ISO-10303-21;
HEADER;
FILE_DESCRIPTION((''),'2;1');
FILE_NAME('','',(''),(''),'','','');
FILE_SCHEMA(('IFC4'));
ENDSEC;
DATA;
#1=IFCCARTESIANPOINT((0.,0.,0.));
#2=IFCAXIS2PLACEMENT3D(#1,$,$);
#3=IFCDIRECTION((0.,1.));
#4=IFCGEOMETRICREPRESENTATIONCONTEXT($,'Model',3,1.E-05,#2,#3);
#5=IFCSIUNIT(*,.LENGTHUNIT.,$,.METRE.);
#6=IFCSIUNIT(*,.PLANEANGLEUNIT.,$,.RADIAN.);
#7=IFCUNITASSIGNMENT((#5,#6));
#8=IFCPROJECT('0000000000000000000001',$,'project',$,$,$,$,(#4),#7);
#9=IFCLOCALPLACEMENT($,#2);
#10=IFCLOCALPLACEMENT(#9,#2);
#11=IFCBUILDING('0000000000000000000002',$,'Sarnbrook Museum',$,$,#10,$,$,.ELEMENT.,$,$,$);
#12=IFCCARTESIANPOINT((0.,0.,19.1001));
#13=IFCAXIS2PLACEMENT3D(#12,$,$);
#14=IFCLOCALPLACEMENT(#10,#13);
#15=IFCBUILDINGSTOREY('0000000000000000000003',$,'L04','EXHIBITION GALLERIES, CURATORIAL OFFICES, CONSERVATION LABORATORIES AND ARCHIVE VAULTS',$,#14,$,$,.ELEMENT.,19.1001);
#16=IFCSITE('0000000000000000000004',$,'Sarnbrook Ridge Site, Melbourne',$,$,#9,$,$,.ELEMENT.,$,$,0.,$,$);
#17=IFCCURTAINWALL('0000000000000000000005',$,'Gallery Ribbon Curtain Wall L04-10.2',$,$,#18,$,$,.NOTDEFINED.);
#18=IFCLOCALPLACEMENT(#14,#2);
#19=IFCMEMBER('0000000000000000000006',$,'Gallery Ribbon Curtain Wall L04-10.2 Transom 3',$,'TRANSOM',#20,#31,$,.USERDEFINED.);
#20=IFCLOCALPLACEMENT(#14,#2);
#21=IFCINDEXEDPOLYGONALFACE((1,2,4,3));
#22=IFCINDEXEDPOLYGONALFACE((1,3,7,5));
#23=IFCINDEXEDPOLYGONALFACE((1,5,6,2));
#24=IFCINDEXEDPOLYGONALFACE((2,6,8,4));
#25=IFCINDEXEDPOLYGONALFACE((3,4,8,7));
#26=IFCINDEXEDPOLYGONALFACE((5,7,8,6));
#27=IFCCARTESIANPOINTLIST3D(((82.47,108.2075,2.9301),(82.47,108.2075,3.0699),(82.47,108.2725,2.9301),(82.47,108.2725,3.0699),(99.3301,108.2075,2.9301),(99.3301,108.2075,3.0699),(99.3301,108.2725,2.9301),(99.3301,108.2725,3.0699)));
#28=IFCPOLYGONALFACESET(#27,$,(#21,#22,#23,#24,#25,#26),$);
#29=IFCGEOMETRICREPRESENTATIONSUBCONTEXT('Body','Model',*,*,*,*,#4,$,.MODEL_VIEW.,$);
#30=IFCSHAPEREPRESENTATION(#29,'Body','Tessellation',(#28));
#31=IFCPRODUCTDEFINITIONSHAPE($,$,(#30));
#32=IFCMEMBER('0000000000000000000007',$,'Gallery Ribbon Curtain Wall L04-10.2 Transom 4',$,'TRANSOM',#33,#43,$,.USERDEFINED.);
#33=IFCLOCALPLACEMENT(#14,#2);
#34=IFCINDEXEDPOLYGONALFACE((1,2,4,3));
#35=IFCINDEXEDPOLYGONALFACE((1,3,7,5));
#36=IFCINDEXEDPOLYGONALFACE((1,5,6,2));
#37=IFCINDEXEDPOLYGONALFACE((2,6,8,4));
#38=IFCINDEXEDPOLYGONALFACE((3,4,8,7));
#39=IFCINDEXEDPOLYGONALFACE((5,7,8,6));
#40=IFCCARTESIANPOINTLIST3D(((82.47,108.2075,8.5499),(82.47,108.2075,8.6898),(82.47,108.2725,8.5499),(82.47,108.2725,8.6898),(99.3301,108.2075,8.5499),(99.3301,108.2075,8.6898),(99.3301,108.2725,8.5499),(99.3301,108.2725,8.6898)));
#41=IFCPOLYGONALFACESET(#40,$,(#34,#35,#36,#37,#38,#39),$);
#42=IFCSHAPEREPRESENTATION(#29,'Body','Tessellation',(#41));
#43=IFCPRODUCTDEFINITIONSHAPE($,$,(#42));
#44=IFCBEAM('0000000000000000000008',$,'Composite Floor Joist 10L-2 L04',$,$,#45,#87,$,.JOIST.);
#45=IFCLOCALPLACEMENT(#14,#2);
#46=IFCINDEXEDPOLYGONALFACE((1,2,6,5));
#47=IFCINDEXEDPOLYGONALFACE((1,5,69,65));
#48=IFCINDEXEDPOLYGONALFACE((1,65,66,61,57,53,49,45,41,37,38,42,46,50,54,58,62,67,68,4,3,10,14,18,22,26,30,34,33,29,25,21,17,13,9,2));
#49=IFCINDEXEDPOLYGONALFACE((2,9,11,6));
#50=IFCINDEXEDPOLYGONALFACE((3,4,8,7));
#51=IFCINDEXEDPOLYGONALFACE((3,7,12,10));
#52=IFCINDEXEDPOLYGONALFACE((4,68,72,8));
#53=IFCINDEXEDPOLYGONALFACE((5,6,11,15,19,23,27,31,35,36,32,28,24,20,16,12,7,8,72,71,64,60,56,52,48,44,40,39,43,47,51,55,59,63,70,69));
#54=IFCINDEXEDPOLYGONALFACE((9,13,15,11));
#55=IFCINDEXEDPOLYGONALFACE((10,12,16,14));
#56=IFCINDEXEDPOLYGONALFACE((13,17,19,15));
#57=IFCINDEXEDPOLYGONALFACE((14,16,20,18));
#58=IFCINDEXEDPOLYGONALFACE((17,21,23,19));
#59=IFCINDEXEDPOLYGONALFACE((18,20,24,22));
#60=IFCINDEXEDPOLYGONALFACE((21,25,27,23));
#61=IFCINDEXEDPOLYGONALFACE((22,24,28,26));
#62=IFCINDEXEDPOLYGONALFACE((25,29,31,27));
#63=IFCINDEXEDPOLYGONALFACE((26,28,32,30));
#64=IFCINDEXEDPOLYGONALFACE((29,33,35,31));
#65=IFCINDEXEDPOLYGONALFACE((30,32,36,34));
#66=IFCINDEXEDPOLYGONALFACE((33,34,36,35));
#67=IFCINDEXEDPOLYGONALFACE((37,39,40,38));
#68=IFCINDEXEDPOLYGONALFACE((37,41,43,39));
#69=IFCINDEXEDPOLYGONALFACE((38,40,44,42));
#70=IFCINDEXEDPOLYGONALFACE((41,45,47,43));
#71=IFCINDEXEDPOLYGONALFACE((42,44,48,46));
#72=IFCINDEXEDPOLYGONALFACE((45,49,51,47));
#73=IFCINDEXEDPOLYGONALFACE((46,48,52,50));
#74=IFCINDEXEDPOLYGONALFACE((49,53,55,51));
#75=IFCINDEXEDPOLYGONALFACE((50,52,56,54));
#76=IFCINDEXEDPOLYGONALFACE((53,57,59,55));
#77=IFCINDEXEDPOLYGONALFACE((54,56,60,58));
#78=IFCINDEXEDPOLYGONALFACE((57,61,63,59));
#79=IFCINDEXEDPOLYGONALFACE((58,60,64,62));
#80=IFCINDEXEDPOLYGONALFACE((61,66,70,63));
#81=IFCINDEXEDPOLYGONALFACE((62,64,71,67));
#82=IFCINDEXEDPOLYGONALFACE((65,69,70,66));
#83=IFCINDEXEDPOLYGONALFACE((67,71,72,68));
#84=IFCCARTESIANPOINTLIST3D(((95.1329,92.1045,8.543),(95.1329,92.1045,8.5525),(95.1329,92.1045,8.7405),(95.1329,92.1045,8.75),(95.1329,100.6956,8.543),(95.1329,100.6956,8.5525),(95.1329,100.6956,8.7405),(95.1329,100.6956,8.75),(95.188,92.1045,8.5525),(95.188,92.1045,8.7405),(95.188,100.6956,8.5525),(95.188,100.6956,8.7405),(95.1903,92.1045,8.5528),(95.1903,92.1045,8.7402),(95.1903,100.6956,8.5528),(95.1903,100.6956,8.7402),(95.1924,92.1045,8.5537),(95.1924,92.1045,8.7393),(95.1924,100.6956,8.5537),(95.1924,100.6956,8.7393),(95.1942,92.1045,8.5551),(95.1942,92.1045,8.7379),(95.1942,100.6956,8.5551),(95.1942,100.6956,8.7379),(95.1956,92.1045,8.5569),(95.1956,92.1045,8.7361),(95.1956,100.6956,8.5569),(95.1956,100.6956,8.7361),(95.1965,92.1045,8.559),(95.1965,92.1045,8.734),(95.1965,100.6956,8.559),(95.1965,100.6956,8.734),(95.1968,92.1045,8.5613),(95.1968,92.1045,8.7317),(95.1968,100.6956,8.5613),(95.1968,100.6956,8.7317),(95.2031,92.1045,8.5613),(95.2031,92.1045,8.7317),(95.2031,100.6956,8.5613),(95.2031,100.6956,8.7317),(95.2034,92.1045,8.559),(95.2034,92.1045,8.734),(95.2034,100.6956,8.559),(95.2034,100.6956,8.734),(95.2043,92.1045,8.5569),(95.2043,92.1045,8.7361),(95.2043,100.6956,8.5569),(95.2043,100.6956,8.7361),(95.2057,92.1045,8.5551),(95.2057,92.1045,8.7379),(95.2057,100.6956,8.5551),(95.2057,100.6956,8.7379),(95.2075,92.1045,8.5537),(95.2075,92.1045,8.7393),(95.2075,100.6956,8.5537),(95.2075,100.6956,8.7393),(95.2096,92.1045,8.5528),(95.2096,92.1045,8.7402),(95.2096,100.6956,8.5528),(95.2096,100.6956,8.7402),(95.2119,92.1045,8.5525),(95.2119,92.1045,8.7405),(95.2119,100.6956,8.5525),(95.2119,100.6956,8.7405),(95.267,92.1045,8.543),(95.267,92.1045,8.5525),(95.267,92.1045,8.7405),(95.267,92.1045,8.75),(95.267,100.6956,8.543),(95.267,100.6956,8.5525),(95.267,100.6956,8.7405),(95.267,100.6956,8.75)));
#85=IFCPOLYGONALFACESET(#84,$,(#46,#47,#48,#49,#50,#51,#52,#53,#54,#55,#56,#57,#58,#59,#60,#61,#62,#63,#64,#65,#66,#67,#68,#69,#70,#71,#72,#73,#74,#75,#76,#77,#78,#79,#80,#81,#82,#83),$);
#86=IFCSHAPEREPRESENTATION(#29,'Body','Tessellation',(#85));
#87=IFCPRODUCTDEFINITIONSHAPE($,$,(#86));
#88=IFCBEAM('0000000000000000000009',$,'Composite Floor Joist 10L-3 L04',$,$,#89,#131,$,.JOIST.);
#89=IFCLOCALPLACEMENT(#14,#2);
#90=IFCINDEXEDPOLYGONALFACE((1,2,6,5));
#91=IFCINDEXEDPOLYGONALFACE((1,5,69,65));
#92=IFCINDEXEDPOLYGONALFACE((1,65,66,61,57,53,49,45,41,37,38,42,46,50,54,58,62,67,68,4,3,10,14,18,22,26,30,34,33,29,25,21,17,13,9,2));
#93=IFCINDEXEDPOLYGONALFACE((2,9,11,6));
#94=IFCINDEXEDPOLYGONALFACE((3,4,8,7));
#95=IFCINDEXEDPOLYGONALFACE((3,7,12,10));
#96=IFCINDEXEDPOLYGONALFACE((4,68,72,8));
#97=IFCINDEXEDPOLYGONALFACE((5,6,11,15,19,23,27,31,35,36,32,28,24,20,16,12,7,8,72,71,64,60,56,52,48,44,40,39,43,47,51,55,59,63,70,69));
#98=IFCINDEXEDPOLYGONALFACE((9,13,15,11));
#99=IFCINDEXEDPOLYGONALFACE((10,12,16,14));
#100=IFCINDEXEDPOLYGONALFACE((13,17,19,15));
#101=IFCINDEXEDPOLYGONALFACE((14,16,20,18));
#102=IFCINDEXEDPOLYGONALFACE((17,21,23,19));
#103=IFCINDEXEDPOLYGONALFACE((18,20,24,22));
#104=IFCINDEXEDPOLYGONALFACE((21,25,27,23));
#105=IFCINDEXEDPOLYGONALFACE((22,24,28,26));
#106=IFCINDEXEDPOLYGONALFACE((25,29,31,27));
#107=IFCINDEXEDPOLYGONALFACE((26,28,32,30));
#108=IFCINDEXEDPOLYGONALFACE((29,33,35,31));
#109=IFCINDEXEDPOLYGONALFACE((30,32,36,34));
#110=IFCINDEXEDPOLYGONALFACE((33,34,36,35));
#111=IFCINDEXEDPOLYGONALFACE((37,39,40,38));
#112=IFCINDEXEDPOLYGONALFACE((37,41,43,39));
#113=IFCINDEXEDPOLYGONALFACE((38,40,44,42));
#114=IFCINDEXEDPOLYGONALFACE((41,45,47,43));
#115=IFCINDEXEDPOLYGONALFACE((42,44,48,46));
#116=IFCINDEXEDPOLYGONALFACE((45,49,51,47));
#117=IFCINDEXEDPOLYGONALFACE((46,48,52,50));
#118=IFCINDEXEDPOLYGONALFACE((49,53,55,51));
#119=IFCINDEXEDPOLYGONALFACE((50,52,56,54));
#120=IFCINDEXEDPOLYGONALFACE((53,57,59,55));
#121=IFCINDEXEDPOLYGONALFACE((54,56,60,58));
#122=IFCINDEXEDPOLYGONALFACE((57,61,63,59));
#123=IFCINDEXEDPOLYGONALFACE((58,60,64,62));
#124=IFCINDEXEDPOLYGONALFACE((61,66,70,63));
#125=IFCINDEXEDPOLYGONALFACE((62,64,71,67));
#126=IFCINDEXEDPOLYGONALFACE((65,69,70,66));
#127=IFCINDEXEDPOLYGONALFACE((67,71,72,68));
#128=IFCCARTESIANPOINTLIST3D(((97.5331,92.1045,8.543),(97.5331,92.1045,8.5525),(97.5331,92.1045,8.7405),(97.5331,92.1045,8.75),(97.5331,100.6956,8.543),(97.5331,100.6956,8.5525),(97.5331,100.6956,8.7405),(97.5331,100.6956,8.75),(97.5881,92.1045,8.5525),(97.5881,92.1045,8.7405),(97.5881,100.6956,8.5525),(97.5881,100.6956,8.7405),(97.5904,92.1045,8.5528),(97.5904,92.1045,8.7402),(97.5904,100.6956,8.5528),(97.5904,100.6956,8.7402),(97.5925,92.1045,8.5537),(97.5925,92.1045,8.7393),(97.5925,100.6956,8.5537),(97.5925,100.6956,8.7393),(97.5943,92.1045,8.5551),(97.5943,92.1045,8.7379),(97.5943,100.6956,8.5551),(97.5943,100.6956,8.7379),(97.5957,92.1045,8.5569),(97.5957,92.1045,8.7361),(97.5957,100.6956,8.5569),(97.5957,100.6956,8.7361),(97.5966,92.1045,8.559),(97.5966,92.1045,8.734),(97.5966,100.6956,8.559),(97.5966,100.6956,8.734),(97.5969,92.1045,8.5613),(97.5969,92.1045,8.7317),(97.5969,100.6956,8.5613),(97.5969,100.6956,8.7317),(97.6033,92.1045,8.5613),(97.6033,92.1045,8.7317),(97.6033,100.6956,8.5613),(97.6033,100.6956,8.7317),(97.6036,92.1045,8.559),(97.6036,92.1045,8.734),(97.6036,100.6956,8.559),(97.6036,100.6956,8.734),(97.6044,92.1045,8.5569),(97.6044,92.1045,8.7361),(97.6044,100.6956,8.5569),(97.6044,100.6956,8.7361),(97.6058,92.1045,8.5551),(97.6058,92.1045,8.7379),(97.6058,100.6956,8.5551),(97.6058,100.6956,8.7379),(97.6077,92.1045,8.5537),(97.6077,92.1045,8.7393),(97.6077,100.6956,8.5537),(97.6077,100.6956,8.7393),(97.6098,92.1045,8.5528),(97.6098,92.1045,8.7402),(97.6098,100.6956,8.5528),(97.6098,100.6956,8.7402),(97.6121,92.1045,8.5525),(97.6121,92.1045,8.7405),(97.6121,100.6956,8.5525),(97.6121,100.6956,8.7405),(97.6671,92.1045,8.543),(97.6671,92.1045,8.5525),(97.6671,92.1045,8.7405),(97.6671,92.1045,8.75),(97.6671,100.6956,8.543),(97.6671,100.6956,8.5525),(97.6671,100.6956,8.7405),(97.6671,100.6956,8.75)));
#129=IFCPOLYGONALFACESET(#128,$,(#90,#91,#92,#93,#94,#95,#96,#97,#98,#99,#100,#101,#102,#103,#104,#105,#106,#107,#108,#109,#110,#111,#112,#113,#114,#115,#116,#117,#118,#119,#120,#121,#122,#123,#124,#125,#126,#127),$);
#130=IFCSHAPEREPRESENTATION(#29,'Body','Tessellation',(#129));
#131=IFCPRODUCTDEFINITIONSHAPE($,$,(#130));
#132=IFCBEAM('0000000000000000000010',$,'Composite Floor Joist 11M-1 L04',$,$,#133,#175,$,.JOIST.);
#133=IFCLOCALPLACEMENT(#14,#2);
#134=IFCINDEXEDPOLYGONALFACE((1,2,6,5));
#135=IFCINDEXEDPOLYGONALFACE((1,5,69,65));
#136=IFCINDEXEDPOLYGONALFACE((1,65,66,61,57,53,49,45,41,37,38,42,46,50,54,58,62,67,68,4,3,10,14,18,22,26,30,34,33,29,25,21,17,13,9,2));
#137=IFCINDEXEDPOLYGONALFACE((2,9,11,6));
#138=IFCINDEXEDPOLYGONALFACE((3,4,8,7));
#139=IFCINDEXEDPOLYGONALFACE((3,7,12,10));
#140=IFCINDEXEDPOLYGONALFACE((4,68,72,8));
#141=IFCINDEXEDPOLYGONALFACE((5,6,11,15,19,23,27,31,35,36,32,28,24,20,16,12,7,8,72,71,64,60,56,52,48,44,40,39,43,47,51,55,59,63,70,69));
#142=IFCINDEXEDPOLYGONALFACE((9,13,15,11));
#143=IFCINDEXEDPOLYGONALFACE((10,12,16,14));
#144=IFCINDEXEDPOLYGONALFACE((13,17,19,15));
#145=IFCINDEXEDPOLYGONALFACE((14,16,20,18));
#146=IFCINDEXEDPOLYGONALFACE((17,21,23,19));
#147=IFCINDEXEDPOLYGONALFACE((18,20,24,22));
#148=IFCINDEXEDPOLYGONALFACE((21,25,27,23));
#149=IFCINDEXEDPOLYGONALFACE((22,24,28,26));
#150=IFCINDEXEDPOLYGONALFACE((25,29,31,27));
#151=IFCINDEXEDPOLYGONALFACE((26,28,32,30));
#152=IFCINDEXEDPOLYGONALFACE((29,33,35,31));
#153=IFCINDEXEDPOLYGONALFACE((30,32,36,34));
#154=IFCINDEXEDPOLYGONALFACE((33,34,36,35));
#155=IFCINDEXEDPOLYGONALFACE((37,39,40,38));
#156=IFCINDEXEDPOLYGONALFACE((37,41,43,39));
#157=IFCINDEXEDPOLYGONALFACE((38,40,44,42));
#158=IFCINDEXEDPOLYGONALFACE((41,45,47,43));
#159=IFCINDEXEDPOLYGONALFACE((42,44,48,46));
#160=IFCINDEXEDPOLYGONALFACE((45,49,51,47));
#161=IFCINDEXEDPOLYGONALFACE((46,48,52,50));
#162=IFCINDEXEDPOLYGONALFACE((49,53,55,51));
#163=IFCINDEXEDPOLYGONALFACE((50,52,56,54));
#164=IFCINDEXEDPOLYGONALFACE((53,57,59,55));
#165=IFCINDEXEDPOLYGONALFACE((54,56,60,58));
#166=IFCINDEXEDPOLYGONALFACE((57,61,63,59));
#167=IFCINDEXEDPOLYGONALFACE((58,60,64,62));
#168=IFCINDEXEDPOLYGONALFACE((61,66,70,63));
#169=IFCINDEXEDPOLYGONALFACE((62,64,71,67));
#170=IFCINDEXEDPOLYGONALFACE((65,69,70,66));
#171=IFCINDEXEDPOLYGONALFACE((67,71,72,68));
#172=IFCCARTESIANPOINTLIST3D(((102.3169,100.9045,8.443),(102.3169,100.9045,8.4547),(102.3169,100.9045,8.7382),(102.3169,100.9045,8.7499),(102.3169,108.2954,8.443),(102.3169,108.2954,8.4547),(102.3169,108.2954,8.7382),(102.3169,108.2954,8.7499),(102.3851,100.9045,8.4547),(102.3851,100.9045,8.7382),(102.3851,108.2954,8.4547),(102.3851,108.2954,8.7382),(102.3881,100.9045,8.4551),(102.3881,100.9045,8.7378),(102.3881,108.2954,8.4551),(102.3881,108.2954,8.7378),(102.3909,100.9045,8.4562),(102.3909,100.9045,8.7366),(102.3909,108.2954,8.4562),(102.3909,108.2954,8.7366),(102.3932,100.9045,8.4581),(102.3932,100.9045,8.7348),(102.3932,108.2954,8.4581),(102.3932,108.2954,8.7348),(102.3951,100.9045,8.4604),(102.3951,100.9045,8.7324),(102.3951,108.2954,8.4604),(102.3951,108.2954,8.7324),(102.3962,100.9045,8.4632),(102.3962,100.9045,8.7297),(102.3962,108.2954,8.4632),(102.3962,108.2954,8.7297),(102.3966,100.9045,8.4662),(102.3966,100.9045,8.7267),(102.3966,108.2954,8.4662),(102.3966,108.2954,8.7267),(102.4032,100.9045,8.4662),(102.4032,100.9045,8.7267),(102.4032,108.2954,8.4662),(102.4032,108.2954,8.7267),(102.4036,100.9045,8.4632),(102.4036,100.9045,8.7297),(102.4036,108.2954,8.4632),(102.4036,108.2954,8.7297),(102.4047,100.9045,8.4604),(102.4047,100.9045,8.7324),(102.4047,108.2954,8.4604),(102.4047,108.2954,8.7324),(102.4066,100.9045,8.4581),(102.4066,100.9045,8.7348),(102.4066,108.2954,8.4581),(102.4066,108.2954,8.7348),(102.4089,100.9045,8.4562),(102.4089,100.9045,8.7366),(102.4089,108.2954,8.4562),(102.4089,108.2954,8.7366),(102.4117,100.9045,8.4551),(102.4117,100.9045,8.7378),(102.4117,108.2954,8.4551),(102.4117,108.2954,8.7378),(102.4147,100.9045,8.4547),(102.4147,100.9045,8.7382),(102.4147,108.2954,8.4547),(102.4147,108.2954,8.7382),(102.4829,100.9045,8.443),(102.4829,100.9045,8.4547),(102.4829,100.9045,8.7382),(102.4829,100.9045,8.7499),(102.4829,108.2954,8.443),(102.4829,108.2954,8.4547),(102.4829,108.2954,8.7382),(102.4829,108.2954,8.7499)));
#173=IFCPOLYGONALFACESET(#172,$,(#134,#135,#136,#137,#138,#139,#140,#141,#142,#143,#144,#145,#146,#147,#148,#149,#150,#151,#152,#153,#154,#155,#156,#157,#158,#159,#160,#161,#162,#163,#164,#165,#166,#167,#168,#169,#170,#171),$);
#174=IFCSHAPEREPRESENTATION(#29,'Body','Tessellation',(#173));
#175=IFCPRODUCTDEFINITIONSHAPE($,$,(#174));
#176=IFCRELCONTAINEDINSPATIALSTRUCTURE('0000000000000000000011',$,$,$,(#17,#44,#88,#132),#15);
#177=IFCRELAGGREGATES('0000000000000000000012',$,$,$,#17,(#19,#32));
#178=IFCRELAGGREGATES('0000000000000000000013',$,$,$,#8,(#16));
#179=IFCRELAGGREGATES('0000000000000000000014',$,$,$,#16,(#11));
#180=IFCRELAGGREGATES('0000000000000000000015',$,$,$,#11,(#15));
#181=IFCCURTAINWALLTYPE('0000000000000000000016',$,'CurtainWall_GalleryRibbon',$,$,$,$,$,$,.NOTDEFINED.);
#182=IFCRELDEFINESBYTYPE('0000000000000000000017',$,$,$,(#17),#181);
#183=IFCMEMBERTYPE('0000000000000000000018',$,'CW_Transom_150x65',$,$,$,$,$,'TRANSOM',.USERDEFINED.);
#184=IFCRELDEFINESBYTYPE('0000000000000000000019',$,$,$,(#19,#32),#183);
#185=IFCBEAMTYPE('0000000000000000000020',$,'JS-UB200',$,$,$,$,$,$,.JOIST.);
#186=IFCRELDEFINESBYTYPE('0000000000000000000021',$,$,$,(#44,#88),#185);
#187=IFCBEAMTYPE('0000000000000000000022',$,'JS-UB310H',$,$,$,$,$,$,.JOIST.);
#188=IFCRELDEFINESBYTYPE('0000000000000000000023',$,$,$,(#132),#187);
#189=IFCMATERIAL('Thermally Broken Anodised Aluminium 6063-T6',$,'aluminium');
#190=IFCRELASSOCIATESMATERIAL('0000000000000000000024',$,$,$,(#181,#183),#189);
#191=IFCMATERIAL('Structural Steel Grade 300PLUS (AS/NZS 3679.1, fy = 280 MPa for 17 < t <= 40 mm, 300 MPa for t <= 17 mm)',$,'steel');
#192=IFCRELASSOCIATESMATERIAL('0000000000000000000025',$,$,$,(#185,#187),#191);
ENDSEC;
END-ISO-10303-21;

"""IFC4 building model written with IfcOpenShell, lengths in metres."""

from ifc_helpers import new_model, si_unit, direction, frame, origin, origin_2d, place, context, subcontext, project, spatial, rectangle, i_section, extrude, material, material_profile, profile_set, type_object, element, aggregate, save


model = new_model("IFC4")

# Units and contexts
model_context = context("Model", 3, precision=1e-05, world=origin(), true_north=direction((0.0, 1.0)))
body_context = subcontext(model_context, "Body", "Model", "MODEL_VIEW")
ifc_project = project(units=[si_unit("LENGTHUNIT", "METRE"), si_unit("PLANEANGLEUNIT", "RADIAN")], contexts=[model_context])

# Site, building, storey
site_placement = place(None, origin())
site = spatial("IfcSite", under=ifc_project, at=site_placement, Name="Sarnbrook Ridge Site, Melbourne", CompositionType="ELEMENT", RefElevation=0.0)
building_placement = place(site_placement, origin())
building = spatial("IfcBuilding", under=site, at=building_placement, Name="Sarnbrook Museum", CompositionType="ELEMENT")
storey_placement = place(building_placement, frame((0.0, 0.0, 19.1001)))
storey = spatial("IfcBuildingStorey", under=building, at=storey_placement, Name="L04", Description="EXHIBITION GALLERIES, CURATORIAL OFFICES, CONSERVATION LABORATORIES AND ARCHIVE VAULTS", CompositionType="ELEMENT", Elevation=19.1001)

# Shared definitions
ifc_material_1 = material(Name="Structural Steel Grade 300PLUS (AS/NZS 3679.1, fy = 280 MPa for 17 < t <= 40 mm, 300 MPa for t <= 17 mm)", Category="steel")

# Curtain wall, members
ifc_material_2 = material(Name="Thermally Broken Anodised Aluminium 6063-T6", Category="aluminium")
curtain_wall_type = type_object("IfcCurtainWallType", Name="CurtainWall_GalleryRibbon", PredefinedType="NOTDEFINED", material=ifc_material_2)
curtain_wall_1_placement = place(storey_placement, origin())
curtain_wall_1 = element("IfcCurtainWall", 1, at=curtain_wall_1_placement, inside=storey, type_object=curtain_wall_type, Name="Gallery Ribbon Curtain Wall L04-10.2", PredefinedType="NOTDEFINED")
ifc_material_profile_1 = material_profile(ifc_material_2, rectangle(XDim=0.0649, YDim=0.1399, at=origin_2d()), Name="ALU TRANSOM 65x140")
ifc_profile_set_1 = profile_set([ifc_material_profile_1], Name="Thermally Broken Anodised Aluminium 6063-T6")
member_type_1 = type_object("IfcMemberType", Name="CW_Transom_150x65", ElementType="TRANSOM", PredefinedType="USERDEFINED", material=ifc_profile_set_1)
member_1_placement = place(storey_placement, frame((99.3301, 108.24, 3.0), z_axis=(-1.0, 0.0, 0.0), x_axis=(0.0, -1.0, 0.0)))
member_1 = element("IfcMember", 2, at=member_1_placement, type_object=member_type_1, Name="Gallery Ribbon Curtain Wall L04-10.2 Transom 3", ObjectType="TRANSOM", PredefinedType="USERDEFINED", context=body_context, shape_type="SweptSolid", body=[
    extrude(rectangle(XDim=0.0649, YDim=0.1399, at=origin_2d()), origin(), (0.0, 0.0, 1.0), 16.8601),
])
member_2_placement = place(storey_placement, frame((99.3301, 108.24, 8.6199), z_axis=(-1.0, 0.0, 0.0), x_axis=(0.0, -1.0, 0.0)))
member_2 = element("IfcMember", 3, at=member_2_placement, type_object=member_type_1, Name="Gallery Ribbon Curtain Wall L04-10.2 Transom 4", ObjectType="TRANSOM", PredefinedType="USERDEFINED", context=body_context, shape_type="SweptSolid", body=[
    extrude(rectangle(XDim=0.0649, YDim=0.1399, at=origin_2d()), origin(), (0.0, 0.0, 1.0), 16.8601),
])

# Beams
ifc_material_profile_2 = material_profile(ifc_material_1, i_section(OverallWidth=0.134, OverallDepth=0.207, WebThickness=0.0063, FlangeThickness=0.0095, FilletRadius=0.0088, at=origin_2d()), Name="200UB29.8")
ifc_profile_set_2 = profile_set([ifc_material_profile_2], Name="Structural Steel Grade 300PLUS (AS/NZS 3679.1, fy = 280 MPa for 17 < t <= 40 mm, 300 MPa for t <= 17 mm)")
beam_type_1 = type_object("IfcBeamType", Name="JS-UB200", PredefinedType="JOIST", material=ifc_profile_set_2)
for number, where, z_axis, x_axis, name in (
    (4, (95.2, 92.1045, 8.6465), (0.0, 1.0, 0.0), (-1.0, 0.0, 0.0), "Composite Floor Joist 10L-2 L04"),
    (5, (97.6001, 92.1045, 8.6465), (0.0, 1.0, 0.0), (-1.0, 0.0, 0.0), "Composite Floor Joist 10L-3 L04"),
):
    element("IfcBeam", number, at=place(storey_placement, frame(where, z_axis=z_axis, x_axis=x_axis)), inside=storey, type_object=beam_type_1, Name=name, PredefinedType="JOIST", context=body_context, shape_type="SweptSolid", body=[
        extrude(i_section(OverallWidth=0.134, OverallDepth=0.207, WebThickness=0.0063, FlangeThickness=0.0095, FilletRadius=0.0088, at=origin_2d()), origin(), (0.0, 0.0, 1.0), 8.5911),
    ])
ifc_material_profile_3 = material_profile(ifc_material_1, i_section(OverallWidth=0.166, OverallDepth=0.3069, WebThickness=0.0066, FlangeThickness=0.0117, FilletRadius=0.0115, at=origin_2d()), Name="310UB46.2")
ifc_profile_set_3 = profile_set([ifc_material_profile_3], Name="Structural Steel Grade 300PLUS (AS/NZS 3679.1, fy = 280 MPa for 17 < t <= 40 mm, 300 MPa for t <= 17 mm)")
beam_type_2 = type_object("IfcBeamType", Name="JS-UB310H", PredefinedType="JOIST", material=ifc_profile_set_3)
beam_1_placement = place(storey_placement, frame((102.3999, 100.9045, 8.5964), z_axis=(0.0, 1.0, 0.0), x_axis=(-1.0, 0.0, 0.0)))
element("IfcBeam", 6, at=beam_1_placement, inside=storey, type_object=beam_type_2, Name="Composite Floor Joist 11M-1 L04", PredefinedType="JOIST", context=body_context, shape_type="SweptSolid", body=[
    extrude(i_section(OverallWidth=0.166, OverallDepth=0.3069, WebThickness=0.0066, FlangeThickness=0.0117, FilletRadius=0.0115, at=origin_2d()), origin(), (0.0, 0.0, 1.0), 7.3909),
])

aggregate(curtain_wall_1, [member_1, member_2])

save(model, "model.ifc")
